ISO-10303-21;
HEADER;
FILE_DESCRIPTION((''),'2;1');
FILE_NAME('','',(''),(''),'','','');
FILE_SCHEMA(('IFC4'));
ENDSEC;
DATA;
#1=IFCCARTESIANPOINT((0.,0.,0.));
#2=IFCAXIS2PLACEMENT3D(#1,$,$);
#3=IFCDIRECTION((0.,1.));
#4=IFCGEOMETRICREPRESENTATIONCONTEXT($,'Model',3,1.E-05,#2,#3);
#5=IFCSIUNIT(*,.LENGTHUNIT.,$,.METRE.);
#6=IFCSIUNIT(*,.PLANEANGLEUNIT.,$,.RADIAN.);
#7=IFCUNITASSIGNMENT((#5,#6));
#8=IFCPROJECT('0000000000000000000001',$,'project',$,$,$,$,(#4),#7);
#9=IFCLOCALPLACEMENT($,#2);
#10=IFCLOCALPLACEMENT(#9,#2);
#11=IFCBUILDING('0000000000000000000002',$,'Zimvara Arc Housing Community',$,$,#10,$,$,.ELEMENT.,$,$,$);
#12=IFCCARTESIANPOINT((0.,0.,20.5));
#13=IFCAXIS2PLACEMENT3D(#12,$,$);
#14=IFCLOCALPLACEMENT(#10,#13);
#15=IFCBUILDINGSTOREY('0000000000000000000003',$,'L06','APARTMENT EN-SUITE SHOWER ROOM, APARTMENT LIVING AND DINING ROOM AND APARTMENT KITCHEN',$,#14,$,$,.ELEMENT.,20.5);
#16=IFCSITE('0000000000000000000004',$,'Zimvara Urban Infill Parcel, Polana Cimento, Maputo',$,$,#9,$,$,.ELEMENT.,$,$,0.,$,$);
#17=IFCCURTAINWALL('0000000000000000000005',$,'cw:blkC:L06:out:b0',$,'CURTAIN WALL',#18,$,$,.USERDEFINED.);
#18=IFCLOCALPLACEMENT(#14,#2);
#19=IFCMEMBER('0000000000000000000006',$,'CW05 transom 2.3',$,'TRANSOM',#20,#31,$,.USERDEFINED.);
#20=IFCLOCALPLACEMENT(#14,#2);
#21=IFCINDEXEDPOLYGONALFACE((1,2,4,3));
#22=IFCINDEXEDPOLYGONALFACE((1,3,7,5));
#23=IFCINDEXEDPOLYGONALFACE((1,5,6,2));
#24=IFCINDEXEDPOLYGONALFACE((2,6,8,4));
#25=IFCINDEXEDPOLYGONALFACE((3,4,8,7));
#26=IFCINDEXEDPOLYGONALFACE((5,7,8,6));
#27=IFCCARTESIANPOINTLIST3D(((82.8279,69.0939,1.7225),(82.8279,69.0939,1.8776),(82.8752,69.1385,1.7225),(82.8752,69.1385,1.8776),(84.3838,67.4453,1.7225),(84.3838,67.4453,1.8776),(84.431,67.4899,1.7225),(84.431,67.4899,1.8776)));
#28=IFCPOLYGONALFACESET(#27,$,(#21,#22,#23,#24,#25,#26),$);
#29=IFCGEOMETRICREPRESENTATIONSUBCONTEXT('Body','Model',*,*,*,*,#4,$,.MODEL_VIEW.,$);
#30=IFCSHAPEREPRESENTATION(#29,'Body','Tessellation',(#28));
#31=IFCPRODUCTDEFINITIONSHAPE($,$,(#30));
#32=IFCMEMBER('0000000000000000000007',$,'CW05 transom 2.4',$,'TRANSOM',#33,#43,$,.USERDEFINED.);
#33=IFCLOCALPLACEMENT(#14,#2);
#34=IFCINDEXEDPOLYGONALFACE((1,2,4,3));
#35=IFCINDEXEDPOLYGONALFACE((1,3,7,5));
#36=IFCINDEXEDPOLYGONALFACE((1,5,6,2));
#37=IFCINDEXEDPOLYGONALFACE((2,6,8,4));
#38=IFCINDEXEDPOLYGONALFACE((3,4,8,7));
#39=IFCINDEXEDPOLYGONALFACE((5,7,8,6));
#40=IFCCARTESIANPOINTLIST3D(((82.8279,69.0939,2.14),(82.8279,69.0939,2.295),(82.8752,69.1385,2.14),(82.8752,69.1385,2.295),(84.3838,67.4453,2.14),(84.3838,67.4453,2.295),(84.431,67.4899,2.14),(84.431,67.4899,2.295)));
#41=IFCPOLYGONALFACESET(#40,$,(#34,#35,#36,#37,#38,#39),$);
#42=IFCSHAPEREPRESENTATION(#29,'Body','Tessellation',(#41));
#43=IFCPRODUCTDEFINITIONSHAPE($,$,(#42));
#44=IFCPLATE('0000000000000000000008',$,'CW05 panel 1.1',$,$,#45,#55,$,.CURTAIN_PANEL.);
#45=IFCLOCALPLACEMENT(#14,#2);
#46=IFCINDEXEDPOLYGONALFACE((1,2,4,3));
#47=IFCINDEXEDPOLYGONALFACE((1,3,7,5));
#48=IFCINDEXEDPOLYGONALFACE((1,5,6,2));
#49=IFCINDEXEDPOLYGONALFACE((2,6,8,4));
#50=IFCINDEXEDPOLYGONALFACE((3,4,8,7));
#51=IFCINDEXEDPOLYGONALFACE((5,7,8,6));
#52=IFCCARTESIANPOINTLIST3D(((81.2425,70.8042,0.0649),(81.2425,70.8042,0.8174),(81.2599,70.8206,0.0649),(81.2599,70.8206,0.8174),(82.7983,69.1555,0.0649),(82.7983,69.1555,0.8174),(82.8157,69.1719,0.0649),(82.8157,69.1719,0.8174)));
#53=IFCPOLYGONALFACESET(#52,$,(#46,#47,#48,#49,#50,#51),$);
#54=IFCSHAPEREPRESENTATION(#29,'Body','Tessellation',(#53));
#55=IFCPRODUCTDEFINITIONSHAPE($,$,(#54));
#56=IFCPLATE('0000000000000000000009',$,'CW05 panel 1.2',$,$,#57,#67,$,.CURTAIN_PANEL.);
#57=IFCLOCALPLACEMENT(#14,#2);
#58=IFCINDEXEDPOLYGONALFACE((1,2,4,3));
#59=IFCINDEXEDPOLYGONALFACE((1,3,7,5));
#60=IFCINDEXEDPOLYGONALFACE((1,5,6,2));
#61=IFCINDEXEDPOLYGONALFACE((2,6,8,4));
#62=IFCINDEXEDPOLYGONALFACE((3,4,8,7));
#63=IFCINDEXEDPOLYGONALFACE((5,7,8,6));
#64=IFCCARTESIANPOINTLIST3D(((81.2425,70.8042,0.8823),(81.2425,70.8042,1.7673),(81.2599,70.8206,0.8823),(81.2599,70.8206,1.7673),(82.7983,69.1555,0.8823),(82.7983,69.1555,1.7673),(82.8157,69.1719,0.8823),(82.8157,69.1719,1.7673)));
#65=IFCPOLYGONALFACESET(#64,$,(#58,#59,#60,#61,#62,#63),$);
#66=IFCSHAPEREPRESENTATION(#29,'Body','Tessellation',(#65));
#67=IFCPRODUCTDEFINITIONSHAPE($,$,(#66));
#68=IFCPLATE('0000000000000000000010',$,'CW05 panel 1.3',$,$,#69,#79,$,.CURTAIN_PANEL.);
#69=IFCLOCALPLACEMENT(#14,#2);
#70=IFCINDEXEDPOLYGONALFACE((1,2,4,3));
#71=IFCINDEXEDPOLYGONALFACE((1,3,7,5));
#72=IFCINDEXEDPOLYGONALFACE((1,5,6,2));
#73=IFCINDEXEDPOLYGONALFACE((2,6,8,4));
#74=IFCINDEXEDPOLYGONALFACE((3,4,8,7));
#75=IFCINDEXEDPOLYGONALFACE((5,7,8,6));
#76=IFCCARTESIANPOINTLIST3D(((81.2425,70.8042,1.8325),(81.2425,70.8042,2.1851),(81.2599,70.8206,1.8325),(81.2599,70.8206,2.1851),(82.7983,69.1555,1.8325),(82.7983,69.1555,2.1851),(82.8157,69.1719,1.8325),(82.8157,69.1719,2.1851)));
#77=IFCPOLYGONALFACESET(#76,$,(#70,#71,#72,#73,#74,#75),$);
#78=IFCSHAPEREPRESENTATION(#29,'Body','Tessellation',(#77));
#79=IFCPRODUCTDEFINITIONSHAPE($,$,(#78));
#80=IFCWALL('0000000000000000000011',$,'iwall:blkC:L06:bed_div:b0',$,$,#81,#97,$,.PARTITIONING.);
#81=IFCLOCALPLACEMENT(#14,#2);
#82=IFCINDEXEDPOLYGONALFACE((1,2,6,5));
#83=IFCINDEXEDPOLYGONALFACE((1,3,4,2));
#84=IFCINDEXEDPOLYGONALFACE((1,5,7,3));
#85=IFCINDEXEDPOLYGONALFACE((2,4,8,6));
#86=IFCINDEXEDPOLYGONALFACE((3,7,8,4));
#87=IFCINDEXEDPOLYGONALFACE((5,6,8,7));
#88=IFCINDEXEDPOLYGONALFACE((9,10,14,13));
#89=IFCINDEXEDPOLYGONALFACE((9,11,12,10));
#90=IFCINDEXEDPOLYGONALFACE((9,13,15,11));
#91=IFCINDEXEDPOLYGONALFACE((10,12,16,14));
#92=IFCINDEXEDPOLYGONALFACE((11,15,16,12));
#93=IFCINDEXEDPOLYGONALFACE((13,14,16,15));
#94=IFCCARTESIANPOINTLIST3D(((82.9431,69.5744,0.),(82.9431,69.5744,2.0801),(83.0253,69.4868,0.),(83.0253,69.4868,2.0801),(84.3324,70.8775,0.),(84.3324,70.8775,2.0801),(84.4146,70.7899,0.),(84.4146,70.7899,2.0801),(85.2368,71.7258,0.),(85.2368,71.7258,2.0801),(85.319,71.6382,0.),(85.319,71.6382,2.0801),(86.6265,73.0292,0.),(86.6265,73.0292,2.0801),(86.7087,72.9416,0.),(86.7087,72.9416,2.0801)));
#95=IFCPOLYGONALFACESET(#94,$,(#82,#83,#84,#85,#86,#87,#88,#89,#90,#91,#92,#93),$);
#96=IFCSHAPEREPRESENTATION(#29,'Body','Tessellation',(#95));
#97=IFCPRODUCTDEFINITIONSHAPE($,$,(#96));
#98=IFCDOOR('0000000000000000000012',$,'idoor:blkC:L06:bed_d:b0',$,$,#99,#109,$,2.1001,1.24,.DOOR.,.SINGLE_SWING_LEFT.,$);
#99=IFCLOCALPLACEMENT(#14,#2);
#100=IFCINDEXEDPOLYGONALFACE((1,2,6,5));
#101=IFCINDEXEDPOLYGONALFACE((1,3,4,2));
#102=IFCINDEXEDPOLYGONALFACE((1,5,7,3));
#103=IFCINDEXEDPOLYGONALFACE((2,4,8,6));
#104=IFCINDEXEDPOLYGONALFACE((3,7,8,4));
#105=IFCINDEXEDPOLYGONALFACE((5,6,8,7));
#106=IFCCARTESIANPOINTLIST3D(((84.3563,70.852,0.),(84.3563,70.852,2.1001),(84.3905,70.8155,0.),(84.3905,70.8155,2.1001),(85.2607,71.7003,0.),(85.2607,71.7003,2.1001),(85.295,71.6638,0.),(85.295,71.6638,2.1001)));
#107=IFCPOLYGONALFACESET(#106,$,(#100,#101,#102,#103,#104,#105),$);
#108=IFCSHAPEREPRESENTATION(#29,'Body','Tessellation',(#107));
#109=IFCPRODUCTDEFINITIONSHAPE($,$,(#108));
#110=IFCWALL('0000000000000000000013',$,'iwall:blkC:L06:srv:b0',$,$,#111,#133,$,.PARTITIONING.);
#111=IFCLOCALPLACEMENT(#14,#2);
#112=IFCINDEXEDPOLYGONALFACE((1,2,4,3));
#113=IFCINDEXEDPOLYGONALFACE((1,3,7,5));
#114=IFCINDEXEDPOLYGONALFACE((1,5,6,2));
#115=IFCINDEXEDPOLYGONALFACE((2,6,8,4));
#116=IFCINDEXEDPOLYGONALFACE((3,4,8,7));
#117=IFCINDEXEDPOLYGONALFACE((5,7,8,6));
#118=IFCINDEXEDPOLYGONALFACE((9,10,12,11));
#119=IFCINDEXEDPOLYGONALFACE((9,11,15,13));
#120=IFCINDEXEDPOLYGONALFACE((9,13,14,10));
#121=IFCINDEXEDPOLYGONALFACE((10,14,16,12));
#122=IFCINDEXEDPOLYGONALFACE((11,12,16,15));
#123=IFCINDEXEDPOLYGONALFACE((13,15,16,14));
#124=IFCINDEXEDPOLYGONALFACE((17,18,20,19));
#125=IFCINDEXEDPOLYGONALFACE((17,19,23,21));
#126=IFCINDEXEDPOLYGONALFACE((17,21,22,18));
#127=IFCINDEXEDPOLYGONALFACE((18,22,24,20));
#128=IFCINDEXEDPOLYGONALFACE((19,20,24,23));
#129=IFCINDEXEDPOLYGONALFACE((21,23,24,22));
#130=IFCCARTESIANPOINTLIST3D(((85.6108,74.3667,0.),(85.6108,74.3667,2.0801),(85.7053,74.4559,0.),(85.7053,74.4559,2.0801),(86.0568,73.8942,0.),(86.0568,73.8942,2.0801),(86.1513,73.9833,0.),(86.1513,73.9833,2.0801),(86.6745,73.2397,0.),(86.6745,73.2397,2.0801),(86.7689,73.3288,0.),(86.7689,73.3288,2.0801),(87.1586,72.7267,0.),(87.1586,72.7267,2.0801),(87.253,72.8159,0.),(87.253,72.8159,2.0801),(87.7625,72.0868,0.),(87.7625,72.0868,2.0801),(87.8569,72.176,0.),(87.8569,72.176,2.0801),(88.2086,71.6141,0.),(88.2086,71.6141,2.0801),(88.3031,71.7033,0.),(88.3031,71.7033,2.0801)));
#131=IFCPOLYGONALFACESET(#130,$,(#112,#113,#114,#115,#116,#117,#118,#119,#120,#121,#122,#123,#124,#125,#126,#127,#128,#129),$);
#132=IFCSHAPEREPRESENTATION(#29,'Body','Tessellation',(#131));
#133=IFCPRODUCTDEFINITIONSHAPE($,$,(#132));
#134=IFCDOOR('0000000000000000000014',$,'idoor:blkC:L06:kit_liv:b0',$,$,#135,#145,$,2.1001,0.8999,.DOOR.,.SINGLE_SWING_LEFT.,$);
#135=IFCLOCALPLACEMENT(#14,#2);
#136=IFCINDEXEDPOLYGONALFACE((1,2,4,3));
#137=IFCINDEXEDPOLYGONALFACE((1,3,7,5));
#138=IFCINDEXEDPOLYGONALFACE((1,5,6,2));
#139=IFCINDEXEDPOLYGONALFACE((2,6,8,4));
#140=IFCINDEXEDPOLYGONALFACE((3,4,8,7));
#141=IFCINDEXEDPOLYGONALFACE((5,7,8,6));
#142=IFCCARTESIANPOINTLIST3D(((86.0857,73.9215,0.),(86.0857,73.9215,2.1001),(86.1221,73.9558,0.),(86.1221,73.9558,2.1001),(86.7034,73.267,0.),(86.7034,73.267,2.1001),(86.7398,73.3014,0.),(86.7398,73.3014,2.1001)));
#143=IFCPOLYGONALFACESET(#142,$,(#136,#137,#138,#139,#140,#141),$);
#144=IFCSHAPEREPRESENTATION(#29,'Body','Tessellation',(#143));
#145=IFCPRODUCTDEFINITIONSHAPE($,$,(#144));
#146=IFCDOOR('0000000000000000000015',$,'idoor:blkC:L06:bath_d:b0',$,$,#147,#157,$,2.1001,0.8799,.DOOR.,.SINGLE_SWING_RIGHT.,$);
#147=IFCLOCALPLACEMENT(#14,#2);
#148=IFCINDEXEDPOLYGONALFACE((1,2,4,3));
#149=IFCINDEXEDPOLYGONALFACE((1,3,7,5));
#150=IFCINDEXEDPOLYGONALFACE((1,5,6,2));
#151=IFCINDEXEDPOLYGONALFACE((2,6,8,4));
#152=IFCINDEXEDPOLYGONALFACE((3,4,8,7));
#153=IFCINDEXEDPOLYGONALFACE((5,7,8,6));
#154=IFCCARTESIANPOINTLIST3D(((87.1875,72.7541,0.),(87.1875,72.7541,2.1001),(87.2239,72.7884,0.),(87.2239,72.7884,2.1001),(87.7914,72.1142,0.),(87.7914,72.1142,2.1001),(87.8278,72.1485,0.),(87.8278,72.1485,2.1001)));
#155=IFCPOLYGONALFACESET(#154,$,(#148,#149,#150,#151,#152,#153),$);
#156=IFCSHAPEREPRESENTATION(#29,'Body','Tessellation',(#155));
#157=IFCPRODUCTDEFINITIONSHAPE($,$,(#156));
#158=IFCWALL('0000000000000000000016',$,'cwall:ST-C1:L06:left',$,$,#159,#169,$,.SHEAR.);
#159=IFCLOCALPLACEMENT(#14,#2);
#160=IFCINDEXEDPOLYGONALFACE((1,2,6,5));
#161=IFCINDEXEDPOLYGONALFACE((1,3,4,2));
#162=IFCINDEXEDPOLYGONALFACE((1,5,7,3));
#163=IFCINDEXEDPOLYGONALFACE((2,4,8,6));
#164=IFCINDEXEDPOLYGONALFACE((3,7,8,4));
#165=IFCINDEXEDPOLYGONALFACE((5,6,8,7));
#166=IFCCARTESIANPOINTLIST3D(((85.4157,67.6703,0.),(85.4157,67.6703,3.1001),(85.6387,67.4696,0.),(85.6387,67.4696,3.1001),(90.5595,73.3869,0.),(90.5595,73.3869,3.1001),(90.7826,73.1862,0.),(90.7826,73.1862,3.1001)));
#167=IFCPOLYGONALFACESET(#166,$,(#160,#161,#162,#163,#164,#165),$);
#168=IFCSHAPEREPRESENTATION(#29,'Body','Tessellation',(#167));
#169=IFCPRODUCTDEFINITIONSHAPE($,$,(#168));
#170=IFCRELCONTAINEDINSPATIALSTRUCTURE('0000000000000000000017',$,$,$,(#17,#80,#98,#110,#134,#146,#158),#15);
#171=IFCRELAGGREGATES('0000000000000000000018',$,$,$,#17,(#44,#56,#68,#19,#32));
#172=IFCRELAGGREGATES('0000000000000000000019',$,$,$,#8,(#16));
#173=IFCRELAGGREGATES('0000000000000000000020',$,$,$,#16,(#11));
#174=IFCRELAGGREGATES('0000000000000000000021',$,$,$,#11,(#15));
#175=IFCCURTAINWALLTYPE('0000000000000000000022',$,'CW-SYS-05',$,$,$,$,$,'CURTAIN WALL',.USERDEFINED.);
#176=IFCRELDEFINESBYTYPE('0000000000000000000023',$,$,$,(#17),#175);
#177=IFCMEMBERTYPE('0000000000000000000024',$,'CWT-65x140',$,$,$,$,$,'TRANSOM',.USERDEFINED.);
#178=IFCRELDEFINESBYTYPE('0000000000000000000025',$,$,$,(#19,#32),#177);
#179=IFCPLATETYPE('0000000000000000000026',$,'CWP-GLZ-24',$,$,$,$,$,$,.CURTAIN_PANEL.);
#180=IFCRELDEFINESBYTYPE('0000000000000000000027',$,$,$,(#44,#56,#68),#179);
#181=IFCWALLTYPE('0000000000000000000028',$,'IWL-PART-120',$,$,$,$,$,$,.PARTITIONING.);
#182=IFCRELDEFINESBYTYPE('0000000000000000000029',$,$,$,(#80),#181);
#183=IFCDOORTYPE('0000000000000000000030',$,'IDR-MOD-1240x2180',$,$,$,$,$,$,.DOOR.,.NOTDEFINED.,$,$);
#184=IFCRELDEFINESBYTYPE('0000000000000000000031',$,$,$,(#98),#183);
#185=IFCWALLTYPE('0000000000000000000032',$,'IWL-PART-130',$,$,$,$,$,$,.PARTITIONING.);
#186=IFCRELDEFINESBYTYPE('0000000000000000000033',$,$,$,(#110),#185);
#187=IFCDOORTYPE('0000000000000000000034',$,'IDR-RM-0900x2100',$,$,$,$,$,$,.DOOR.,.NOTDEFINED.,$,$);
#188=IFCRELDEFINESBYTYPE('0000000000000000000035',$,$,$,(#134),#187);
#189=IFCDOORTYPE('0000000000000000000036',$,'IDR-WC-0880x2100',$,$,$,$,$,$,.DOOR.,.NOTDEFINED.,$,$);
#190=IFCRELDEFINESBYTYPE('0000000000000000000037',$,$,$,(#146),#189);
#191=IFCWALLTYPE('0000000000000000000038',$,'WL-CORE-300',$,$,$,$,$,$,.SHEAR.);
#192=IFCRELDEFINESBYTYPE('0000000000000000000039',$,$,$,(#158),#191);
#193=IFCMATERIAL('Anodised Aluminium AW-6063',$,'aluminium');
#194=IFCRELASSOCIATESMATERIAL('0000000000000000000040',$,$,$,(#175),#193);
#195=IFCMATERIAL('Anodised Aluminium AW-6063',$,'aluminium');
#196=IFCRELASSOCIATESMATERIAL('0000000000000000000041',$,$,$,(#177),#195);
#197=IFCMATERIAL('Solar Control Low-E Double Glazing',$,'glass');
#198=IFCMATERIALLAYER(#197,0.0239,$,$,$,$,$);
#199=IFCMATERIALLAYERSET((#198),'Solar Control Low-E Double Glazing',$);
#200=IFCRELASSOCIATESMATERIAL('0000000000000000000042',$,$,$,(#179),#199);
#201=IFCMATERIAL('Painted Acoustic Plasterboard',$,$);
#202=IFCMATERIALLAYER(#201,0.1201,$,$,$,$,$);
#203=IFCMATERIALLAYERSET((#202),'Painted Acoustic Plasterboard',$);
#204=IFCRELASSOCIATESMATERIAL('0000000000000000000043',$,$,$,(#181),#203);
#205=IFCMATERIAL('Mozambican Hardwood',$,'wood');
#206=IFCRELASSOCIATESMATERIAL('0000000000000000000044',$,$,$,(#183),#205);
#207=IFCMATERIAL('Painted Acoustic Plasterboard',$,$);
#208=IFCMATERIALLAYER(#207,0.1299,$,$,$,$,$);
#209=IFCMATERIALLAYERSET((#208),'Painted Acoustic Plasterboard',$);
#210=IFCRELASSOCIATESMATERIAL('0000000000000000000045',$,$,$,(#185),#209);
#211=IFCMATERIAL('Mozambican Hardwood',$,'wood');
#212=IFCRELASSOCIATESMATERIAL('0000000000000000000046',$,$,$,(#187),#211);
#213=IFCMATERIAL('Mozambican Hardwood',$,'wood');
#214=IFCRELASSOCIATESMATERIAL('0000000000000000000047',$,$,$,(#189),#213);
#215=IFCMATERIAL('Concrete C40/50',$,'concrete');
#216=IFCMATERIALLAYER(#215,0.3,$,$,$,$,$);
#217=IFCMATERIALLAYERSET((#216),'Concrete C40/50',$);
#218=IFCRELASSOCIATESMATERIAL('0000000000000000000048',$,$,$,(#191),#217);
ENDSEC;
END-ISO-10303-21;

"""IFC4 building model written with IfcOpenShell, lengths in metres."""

from ifc_helpers import new_model, si_unit, direction, frame, frame_2d, origin, origin_2d, place, context, subcontext, project, spatial, rectangle, extrude, material, layer, layer_set, material_profile, profile_set, type_object, element, fill, aggregate, save


model = new_model("IFC4")

# Units and contexts
model_context = context("Model", 3, precision=1e-05, world=origin(), true_north=direction((0.0, 1.0)))
body_context = subcontext(model_context, "Body", "Model", "MODEL_VIEW")
ifc_project = project(units=[si_unit("LENGTHUNIT", "METRE"), si_unit("PLANEANGLEUNIT", "RADIAN")], contexts=[model_context])

# Site, building, storey
site_placement = place(None, origin())
site = spatial("IfcSite", under=ifc_project, at=site_placement, Name="Zimvara Urban Infill Parcel, Polana Cimento, Maputo", CompositionType="ELEMENT", RefElevation=0.0)
building_placement = place(site_placement, origin())
building = spatial("IfcBuilding", under=site, at=building_placement, Name="Zimvara Arc Housing Community", CompositionType="ELEMENT")
storey_placement = place(building_placement, frame((0.0, 0.0, 20.5)))
storey = spatial("IfcBuildingStorey", under=building, at=storey_placement, Name="L06", Description="APARTMENT EN-SUITE SHOWER ROOM, APARTMENT LIVING AND DINING ROOM AND APARTMENT KITCHEN", CompositionType="ELEMENT", Elevation=20.5)

# Curtain wall, members, plates
ifc_material_1 = material(Name="Anodised Aluminium AW-6063", Category="aluminium")
curtain_wall_type = type_object("IfcCurtainWallType", Name="CW-SYS-05", ElementType="CURTAIN WALL", PredefinedType="USERDEFINED", material=ifc_material_1)
curtain_wall_placement = place(storey_placement, origin())
curtain_wall = element("IfcCurtainWall", 1, at=curtain_wall_placement, inside=storey, type_object=curtain_wall_type, Name="cw:blkC:L06:out:b0", ObjectType="CURTAIN WALL", PredefinedType="USERDEFINED")
ifc_material_2 = material(Name="Anodised Aluminium AW-6063", Category="aluminium")
ifc_material_profile_1 = material_profile(ifc_material_2, rectangle(XDim=0.0649, YDim=0.155, at=origin_2d()), Name="ALU 65x155")
ifc_profile_set_1 = profile_set([ifc_material_profile_1], Name="Anodised Aluminium AW-6063")
member_type_1 = type_object("IfcMemberType", Name="CWT-65x140", ElementType="TRANSOM", PredefinedType="USERDEFINED", material=ifc_profile_set_1)
member_1_placement = place(storey_placement, frame((82.8516, 69.1162, 1.8), z_axis=(0.686348, -0.727273, 0.0), x_axis=(0.727273, 0.686348, 0.0)))
member_1 = element("IfcMember", 2, at=member_1_placement, type_object=member_type_1, Name="CW05 transom 2.3", ObjectType="TRANSOM", PredefinedType="USERDEFINED", context=body_context, shape_type="SweptSolid", body=[
    extrude(rectangle(XDim=0.0649, YDim=0.155, at=origin_2d()), origin(), (0.0, 0.0, 1.0), 2.2668),
])
member_2_placement = place(storey_placement, frame((82.8516, 69.1162, 2.2175), z_axis=(0.686348, -0.727273, 0.0), x_axis=(0.727273, 0.686348, 0.0)))
member_2 = element("IfcMember", 3, at=member_2_placement, type_object=member_type_1, Name="CW05 transom 2.4", ObjectType="TRANSOM", PredefinedType="USERDEFINED", context=body_context, shape_type="SweptSolid", body=[
    extrude(rectangle(XDim=0.0649, YDim=0.155, at=origin_2d()), origin(), (0.0, 0.0, 1.0), 2.2668),
])
ifc_material_3 = material(Name="Solar Control Low-E Double Glazing", Category="glass")
ifc_layer_1 = layer(ifc_material_3, 0.0239)
ifc_layer_set_1 = layer_set([ifc_layer_1], Name="Solar Control Low-E Double Glazing")
plate_type = type_object("IfcPlateType", Name="CWP-GLZ-24", PredefinedType="CURTAIN_PANEL", material=ifc_layer_set_1)
plate_1_placement = place(storey_placement, frame((82.0291, 69.988, 0.0649), z_axis=(0.0, 0.0, 1.0), x_axis=(0.686326, -0.727294, 0.0)))
plate_1 = element("IfcPlate", 4, at=plate_1_placement, type_object=plate_type, Name="CW05 panel 1.1", PredefinedType="CURTAIN_PANEL", context=body_context, shape_type="SweptSolid", body=[
    extrude(rectangle(XDim=2.2668, YDim=0.0239, at=origin_2d()), origin(), (0.0, 0.0, 1.0), 0.7524),
])
plate_2_placement = place(storey_placement, frame((82.0291, 69.988, 0.8823), z_axis=(0.0, 0.0, 1.0), x_axis=(0.686326, -0.727294, 0.0)))
plate_2 = element("IfcPlate", 5, at=plate_2_placement, type_object=plate_type, Name="CW05 panel 1.2", PredefinedType="CURTAIN_PANEL", context=body_context, shape_type="SweptSolid", body=[
    extrude(rectangle(XDim=2.2668, YDim=0.0239, at=origin_2d()), origin(), (0.0, 0.0, 1.0), 0.885),
])
plate_3_placement = place(storey_placement, frame((82.0291, 69.988, 1.8325), z_axis=(0.0, 0.0, 1.0), x_axis=(0.686326, -0.727294, 0.0)))
plate_3 = element("IfcPlate", 6, at=plate_3_placement, type_object=plate_type, Name="CW05 panel 1.3", PredefinedType="CURTAIN_PANEL", context=body_context, shape_type="SweptSolid", body=[
    extrude(rectangle(XDim=2.2668, YDim=0.0239, at=origin_2d()), origin(), (0.0, 0.0, 1.0), 0.3525),
])
aggregate(curtain_wall, [plate_1, plate_2, plate_3, member_1, member_2])

# Wall, opening, door
ifc_material_4 = material(Name="Painted Acoustic Plasterboard")
ifc_layer_2 = layer(ifc_material_4, 0.1201)
ifc_layer_set_2 = layer_set([ifc_layer_2], Name="Painted Acoustic Plasterboard")
wall_type_1 = type_object("IfcWallType", Name="IWL-PART-120", PredefinedType="PARTITIONING", material=ifc_layer_set_2)
wall_1_placement = place(storey_placement, frame((86.6675, 72.9854, 0.0), z_axis=(0.0, 0.0, 1.0), x_axis=(-0.72937, -0.68412, 0.0)))
wall_1 = element("IfcWall", 7, at=wall_1_placement, inside=storey, type_object=wall_type_1, Name="iwall:blkC:L06:bed_div:b0", PredefinedType="PARTITIONING", context=body_context, shape_type="SweptSolid", body=[
    extrude(rectangle(XDim=5.05, YDim=0.1201, at=frame_2d((2.5249, 0.0))), origin(), (0.0, 0.0, 1.0), 2.0801),
])
opening_1_placement = place(wall_1_placement, frame((1.905, 0.0, 0.0)))
opening_1 = element("IfcOpeningElement", 8, at=opening_1_placement, cuts=wall_1, PredefinedType="OPENING", context=body_context, shape_type="SweptSolid", body=[
    extrude(rectangle(XDim=1.24, YDim=2.1001, at=frame_2d((0.6201, 1.05))), frame((0.0, 0.0701, 0.0), z_axis=(0.0, -1.0, 0.0), x_axis=(1.0, 0.0, 0.0)), (0.0, 0.0, 1.0), 0.1401),
])
ifc_material_5 = material(Name="Mozambican Hardwood", Category="wood")
door_type_1 = type_object("IfcDoorType", Name="IDR-MOD-1240x2180", OperationType="NOTDEFINED", PredefinedType="DOOR", material=ifc_material_5)
door_1_placement = place(opening_1_placement, origin())
door_1 = element("IfcDoor", 9, at=door_1_placement, inside=storey, type_object=door_type_1, Name="idoor:blkC:L06:bed_d:b0", OperationType="SINGLE_SWING_LEFT", OverallHeight=2.1001, OverallWidth=1.24, PredefinedType="DOOR", context=body_context, shape_type="SweptSolid", body=[
    extrude(rectangle(XDim=1.24, YDim=2.1001, at=frame_2d((0.6201, 1.05))), frame((0.0, 0.0249, 0.0), z_axis=(0.0, -1.0, 0.0), x_axis=(1.0, 0.0, 0.0)), (0.0, 0.0, 1.0), 0.05),
])
fill(opening_1, door_1)

# Wall, openings, doors
ifc_material_6 = material(Name="Painted Acoustic Plasterboard")
ifc_layer_3 = layer(ifc_material_6, 0.1299)
ifc_layer_set_3 = layer_set([ifc_layer_3], Name="Painted Acoustic Plasterboard")
wall_type_2 = type_object("IfcWallType", Name="IWL-PART-130", PredefinedType="PARTITIONING", material=ifc_layer_set_3)
wall_2_placement = place(storey_placement, frame((85.658, 74.4114, 0.0), z_axis=(0.0, 0.0, 1.0), x_axis=(0.686364, -0.727258, 0.0)))
wall_2 = element("IfcWall", 10, at=wall_2_placement, inside=storey, type_object=wall_type_2, Name="iwall:blkC:L06:srv:b0", PredefinedType="PARTITIONING", context=body_context, shape_type="SweptSolid", body=[
    extrude(rectangle(XDim=3.7849, YDim=0.1299, at=frame_2d((1.8926, 0.0))), origin(), (0.0, 0.0, 1.0), 2.0801),
])
opening_2_placement = place(wall_2_placement, frame((0.6499, 0.0, 0.0)))
opening_2 = element("IfcOpeningElement", 11, at=opening_2_placement, cuts=wall_2, PredefinedType="OPENING", context=body_context, shape_type="SweptSolid", body=[
    extrude(rectangle(XDim=0.8999, YDim=2.1001, at=frame_2d((0.45, 1.05))), frame((0.0, 0.075, 0.0), z_axis=(0.0, -1.0, 0.0), x_axis=(1.0, 0.0, 0.0)), (0.0, 0.0, 1.0), 0.1499),
])
opening_3_placement = place(wall_2_placement, frame((2.2551, 0.0, 0.0)))
opening_3 = element("IfcOpeningElement", 12, at=opening_3_placement, cuts=wall_2, PredefinedType="OPENING", context=body_context, shape_type="SweptSolid", body=[
    extrude(rectangle(XDim=0.8799, YDim=2.1001, at=frame_2d((0.4399, 1.05))), frame((0.0, 0.075, 0.0), z_axis=(0.0, -1.0, 0.0), x_axis=(1.0, 0.0, 0.0)), (0.0, 0.0, 1.0), 0.1499),
])
ifc_material_7 = material(Name="Mozambican Hardwood", Category="wood")
door_type_2 = type_object("IfcDoorType", Name="IDR-RM-0900x2100", OperationType="NOTDEFINED", PredefinedType="DOOR", material=ifc_material_7)
door_2_placement = place(opening_2_placement, origin())
door_2 = element("IfcDoor", 13, at=door_2_placement, inside=storey, type_object=door_type_2, Name="idoor:blkC:L06:kit_liv:b0", OperationType="SINGLE_SWING_LEFT", OverallHeight=2.1001, OverallWidth=0.8999, PredefinedType="DOOR", context=body_context, shape_type="SweptSolid", body=[
    extrude(rectangle(XDim=0.8999, YDim=2.1001, at=frame_2d((0.45, 1.05))), frame((0.0, 0.0249, 0.0), z_axis=(0.0, -1.0, 0.0), x_axis=(1.0, 0.0, 0.0)), (0.0, 0.0, 1.0), 0.05),
])
fill(opening_2, door_2)
ifc_material_8 = material(Name="Mozambican Hardwood", Category="wood")
door_type_3 = type_object("IfcDoorType", Name="IDR-WC-0880x2100", OperationType="NOTDEFINED", PredefinedType="DOOR", material=ifc_material_8)
door_3_placement = place(opening_3_placement, origin())
door_3 = element("IfcDoor", 14, at=door_3_placement, inside=storey, type_object=door_type_3, Name="idoor:blkC:L06:bath_d:b0", OperationType="SINGLE_SWING_RIGHT", OverallHeight=2.1001, OverallWidth=0.8799, PredefinedType="DOOR", context=body_context, shape_type="SweptSolid", body=[
    extrude(rectangle(XDim=0.8799, YDim=2.1001, at=frame_2d((0.4399, 1.05))), frame((0.0, 0.0249, 0.0), z_axis=(0.0, -1.0, 0.0), x_axis=(1.0, 0.0, 0.0)), (0.0, 0.0, 1.0), 0.05),
])
fill(opening_3, door_3)

# Shared definitions
ifc_material_9 = material(Name="Concrete C40/50", Category="concrete")
ifc_layer_4 = layer(ifc_material_9, 0.3)
ifc_layer_set_4 = layer_set([ifc_layer_4], Name="Concrete C40/50")
wall_type_3 = type_object("IfcWallType", Name="WL-CORE-300", PredefinedType="SHEAR", material=ifc_layer_set_4)

# Wall
wall_3_placement = place(storey_placement, frame((90.6711, 73.2866, 0.0), z_axis=(0.0, 0.0, 1.0), x_axis=(-0.668886, -0.743365, 0.0)))
element("IfcWall", 15, at=wall_3_placement, inside=storey, type_object=wall_type_3, Name="cwall:ST-C1:L06:left", PredefinedType="SHEAR", context=body_context, shape_type="SweptSolid", body=[
    extrude(rectangle(XDim=7.6902, YDim=0.3, at=frame_2d((3.8452, 0.0))), origin(), (0.0, 0.0, 1.0), 3.1001),
])

save(model, "model.ifc")
